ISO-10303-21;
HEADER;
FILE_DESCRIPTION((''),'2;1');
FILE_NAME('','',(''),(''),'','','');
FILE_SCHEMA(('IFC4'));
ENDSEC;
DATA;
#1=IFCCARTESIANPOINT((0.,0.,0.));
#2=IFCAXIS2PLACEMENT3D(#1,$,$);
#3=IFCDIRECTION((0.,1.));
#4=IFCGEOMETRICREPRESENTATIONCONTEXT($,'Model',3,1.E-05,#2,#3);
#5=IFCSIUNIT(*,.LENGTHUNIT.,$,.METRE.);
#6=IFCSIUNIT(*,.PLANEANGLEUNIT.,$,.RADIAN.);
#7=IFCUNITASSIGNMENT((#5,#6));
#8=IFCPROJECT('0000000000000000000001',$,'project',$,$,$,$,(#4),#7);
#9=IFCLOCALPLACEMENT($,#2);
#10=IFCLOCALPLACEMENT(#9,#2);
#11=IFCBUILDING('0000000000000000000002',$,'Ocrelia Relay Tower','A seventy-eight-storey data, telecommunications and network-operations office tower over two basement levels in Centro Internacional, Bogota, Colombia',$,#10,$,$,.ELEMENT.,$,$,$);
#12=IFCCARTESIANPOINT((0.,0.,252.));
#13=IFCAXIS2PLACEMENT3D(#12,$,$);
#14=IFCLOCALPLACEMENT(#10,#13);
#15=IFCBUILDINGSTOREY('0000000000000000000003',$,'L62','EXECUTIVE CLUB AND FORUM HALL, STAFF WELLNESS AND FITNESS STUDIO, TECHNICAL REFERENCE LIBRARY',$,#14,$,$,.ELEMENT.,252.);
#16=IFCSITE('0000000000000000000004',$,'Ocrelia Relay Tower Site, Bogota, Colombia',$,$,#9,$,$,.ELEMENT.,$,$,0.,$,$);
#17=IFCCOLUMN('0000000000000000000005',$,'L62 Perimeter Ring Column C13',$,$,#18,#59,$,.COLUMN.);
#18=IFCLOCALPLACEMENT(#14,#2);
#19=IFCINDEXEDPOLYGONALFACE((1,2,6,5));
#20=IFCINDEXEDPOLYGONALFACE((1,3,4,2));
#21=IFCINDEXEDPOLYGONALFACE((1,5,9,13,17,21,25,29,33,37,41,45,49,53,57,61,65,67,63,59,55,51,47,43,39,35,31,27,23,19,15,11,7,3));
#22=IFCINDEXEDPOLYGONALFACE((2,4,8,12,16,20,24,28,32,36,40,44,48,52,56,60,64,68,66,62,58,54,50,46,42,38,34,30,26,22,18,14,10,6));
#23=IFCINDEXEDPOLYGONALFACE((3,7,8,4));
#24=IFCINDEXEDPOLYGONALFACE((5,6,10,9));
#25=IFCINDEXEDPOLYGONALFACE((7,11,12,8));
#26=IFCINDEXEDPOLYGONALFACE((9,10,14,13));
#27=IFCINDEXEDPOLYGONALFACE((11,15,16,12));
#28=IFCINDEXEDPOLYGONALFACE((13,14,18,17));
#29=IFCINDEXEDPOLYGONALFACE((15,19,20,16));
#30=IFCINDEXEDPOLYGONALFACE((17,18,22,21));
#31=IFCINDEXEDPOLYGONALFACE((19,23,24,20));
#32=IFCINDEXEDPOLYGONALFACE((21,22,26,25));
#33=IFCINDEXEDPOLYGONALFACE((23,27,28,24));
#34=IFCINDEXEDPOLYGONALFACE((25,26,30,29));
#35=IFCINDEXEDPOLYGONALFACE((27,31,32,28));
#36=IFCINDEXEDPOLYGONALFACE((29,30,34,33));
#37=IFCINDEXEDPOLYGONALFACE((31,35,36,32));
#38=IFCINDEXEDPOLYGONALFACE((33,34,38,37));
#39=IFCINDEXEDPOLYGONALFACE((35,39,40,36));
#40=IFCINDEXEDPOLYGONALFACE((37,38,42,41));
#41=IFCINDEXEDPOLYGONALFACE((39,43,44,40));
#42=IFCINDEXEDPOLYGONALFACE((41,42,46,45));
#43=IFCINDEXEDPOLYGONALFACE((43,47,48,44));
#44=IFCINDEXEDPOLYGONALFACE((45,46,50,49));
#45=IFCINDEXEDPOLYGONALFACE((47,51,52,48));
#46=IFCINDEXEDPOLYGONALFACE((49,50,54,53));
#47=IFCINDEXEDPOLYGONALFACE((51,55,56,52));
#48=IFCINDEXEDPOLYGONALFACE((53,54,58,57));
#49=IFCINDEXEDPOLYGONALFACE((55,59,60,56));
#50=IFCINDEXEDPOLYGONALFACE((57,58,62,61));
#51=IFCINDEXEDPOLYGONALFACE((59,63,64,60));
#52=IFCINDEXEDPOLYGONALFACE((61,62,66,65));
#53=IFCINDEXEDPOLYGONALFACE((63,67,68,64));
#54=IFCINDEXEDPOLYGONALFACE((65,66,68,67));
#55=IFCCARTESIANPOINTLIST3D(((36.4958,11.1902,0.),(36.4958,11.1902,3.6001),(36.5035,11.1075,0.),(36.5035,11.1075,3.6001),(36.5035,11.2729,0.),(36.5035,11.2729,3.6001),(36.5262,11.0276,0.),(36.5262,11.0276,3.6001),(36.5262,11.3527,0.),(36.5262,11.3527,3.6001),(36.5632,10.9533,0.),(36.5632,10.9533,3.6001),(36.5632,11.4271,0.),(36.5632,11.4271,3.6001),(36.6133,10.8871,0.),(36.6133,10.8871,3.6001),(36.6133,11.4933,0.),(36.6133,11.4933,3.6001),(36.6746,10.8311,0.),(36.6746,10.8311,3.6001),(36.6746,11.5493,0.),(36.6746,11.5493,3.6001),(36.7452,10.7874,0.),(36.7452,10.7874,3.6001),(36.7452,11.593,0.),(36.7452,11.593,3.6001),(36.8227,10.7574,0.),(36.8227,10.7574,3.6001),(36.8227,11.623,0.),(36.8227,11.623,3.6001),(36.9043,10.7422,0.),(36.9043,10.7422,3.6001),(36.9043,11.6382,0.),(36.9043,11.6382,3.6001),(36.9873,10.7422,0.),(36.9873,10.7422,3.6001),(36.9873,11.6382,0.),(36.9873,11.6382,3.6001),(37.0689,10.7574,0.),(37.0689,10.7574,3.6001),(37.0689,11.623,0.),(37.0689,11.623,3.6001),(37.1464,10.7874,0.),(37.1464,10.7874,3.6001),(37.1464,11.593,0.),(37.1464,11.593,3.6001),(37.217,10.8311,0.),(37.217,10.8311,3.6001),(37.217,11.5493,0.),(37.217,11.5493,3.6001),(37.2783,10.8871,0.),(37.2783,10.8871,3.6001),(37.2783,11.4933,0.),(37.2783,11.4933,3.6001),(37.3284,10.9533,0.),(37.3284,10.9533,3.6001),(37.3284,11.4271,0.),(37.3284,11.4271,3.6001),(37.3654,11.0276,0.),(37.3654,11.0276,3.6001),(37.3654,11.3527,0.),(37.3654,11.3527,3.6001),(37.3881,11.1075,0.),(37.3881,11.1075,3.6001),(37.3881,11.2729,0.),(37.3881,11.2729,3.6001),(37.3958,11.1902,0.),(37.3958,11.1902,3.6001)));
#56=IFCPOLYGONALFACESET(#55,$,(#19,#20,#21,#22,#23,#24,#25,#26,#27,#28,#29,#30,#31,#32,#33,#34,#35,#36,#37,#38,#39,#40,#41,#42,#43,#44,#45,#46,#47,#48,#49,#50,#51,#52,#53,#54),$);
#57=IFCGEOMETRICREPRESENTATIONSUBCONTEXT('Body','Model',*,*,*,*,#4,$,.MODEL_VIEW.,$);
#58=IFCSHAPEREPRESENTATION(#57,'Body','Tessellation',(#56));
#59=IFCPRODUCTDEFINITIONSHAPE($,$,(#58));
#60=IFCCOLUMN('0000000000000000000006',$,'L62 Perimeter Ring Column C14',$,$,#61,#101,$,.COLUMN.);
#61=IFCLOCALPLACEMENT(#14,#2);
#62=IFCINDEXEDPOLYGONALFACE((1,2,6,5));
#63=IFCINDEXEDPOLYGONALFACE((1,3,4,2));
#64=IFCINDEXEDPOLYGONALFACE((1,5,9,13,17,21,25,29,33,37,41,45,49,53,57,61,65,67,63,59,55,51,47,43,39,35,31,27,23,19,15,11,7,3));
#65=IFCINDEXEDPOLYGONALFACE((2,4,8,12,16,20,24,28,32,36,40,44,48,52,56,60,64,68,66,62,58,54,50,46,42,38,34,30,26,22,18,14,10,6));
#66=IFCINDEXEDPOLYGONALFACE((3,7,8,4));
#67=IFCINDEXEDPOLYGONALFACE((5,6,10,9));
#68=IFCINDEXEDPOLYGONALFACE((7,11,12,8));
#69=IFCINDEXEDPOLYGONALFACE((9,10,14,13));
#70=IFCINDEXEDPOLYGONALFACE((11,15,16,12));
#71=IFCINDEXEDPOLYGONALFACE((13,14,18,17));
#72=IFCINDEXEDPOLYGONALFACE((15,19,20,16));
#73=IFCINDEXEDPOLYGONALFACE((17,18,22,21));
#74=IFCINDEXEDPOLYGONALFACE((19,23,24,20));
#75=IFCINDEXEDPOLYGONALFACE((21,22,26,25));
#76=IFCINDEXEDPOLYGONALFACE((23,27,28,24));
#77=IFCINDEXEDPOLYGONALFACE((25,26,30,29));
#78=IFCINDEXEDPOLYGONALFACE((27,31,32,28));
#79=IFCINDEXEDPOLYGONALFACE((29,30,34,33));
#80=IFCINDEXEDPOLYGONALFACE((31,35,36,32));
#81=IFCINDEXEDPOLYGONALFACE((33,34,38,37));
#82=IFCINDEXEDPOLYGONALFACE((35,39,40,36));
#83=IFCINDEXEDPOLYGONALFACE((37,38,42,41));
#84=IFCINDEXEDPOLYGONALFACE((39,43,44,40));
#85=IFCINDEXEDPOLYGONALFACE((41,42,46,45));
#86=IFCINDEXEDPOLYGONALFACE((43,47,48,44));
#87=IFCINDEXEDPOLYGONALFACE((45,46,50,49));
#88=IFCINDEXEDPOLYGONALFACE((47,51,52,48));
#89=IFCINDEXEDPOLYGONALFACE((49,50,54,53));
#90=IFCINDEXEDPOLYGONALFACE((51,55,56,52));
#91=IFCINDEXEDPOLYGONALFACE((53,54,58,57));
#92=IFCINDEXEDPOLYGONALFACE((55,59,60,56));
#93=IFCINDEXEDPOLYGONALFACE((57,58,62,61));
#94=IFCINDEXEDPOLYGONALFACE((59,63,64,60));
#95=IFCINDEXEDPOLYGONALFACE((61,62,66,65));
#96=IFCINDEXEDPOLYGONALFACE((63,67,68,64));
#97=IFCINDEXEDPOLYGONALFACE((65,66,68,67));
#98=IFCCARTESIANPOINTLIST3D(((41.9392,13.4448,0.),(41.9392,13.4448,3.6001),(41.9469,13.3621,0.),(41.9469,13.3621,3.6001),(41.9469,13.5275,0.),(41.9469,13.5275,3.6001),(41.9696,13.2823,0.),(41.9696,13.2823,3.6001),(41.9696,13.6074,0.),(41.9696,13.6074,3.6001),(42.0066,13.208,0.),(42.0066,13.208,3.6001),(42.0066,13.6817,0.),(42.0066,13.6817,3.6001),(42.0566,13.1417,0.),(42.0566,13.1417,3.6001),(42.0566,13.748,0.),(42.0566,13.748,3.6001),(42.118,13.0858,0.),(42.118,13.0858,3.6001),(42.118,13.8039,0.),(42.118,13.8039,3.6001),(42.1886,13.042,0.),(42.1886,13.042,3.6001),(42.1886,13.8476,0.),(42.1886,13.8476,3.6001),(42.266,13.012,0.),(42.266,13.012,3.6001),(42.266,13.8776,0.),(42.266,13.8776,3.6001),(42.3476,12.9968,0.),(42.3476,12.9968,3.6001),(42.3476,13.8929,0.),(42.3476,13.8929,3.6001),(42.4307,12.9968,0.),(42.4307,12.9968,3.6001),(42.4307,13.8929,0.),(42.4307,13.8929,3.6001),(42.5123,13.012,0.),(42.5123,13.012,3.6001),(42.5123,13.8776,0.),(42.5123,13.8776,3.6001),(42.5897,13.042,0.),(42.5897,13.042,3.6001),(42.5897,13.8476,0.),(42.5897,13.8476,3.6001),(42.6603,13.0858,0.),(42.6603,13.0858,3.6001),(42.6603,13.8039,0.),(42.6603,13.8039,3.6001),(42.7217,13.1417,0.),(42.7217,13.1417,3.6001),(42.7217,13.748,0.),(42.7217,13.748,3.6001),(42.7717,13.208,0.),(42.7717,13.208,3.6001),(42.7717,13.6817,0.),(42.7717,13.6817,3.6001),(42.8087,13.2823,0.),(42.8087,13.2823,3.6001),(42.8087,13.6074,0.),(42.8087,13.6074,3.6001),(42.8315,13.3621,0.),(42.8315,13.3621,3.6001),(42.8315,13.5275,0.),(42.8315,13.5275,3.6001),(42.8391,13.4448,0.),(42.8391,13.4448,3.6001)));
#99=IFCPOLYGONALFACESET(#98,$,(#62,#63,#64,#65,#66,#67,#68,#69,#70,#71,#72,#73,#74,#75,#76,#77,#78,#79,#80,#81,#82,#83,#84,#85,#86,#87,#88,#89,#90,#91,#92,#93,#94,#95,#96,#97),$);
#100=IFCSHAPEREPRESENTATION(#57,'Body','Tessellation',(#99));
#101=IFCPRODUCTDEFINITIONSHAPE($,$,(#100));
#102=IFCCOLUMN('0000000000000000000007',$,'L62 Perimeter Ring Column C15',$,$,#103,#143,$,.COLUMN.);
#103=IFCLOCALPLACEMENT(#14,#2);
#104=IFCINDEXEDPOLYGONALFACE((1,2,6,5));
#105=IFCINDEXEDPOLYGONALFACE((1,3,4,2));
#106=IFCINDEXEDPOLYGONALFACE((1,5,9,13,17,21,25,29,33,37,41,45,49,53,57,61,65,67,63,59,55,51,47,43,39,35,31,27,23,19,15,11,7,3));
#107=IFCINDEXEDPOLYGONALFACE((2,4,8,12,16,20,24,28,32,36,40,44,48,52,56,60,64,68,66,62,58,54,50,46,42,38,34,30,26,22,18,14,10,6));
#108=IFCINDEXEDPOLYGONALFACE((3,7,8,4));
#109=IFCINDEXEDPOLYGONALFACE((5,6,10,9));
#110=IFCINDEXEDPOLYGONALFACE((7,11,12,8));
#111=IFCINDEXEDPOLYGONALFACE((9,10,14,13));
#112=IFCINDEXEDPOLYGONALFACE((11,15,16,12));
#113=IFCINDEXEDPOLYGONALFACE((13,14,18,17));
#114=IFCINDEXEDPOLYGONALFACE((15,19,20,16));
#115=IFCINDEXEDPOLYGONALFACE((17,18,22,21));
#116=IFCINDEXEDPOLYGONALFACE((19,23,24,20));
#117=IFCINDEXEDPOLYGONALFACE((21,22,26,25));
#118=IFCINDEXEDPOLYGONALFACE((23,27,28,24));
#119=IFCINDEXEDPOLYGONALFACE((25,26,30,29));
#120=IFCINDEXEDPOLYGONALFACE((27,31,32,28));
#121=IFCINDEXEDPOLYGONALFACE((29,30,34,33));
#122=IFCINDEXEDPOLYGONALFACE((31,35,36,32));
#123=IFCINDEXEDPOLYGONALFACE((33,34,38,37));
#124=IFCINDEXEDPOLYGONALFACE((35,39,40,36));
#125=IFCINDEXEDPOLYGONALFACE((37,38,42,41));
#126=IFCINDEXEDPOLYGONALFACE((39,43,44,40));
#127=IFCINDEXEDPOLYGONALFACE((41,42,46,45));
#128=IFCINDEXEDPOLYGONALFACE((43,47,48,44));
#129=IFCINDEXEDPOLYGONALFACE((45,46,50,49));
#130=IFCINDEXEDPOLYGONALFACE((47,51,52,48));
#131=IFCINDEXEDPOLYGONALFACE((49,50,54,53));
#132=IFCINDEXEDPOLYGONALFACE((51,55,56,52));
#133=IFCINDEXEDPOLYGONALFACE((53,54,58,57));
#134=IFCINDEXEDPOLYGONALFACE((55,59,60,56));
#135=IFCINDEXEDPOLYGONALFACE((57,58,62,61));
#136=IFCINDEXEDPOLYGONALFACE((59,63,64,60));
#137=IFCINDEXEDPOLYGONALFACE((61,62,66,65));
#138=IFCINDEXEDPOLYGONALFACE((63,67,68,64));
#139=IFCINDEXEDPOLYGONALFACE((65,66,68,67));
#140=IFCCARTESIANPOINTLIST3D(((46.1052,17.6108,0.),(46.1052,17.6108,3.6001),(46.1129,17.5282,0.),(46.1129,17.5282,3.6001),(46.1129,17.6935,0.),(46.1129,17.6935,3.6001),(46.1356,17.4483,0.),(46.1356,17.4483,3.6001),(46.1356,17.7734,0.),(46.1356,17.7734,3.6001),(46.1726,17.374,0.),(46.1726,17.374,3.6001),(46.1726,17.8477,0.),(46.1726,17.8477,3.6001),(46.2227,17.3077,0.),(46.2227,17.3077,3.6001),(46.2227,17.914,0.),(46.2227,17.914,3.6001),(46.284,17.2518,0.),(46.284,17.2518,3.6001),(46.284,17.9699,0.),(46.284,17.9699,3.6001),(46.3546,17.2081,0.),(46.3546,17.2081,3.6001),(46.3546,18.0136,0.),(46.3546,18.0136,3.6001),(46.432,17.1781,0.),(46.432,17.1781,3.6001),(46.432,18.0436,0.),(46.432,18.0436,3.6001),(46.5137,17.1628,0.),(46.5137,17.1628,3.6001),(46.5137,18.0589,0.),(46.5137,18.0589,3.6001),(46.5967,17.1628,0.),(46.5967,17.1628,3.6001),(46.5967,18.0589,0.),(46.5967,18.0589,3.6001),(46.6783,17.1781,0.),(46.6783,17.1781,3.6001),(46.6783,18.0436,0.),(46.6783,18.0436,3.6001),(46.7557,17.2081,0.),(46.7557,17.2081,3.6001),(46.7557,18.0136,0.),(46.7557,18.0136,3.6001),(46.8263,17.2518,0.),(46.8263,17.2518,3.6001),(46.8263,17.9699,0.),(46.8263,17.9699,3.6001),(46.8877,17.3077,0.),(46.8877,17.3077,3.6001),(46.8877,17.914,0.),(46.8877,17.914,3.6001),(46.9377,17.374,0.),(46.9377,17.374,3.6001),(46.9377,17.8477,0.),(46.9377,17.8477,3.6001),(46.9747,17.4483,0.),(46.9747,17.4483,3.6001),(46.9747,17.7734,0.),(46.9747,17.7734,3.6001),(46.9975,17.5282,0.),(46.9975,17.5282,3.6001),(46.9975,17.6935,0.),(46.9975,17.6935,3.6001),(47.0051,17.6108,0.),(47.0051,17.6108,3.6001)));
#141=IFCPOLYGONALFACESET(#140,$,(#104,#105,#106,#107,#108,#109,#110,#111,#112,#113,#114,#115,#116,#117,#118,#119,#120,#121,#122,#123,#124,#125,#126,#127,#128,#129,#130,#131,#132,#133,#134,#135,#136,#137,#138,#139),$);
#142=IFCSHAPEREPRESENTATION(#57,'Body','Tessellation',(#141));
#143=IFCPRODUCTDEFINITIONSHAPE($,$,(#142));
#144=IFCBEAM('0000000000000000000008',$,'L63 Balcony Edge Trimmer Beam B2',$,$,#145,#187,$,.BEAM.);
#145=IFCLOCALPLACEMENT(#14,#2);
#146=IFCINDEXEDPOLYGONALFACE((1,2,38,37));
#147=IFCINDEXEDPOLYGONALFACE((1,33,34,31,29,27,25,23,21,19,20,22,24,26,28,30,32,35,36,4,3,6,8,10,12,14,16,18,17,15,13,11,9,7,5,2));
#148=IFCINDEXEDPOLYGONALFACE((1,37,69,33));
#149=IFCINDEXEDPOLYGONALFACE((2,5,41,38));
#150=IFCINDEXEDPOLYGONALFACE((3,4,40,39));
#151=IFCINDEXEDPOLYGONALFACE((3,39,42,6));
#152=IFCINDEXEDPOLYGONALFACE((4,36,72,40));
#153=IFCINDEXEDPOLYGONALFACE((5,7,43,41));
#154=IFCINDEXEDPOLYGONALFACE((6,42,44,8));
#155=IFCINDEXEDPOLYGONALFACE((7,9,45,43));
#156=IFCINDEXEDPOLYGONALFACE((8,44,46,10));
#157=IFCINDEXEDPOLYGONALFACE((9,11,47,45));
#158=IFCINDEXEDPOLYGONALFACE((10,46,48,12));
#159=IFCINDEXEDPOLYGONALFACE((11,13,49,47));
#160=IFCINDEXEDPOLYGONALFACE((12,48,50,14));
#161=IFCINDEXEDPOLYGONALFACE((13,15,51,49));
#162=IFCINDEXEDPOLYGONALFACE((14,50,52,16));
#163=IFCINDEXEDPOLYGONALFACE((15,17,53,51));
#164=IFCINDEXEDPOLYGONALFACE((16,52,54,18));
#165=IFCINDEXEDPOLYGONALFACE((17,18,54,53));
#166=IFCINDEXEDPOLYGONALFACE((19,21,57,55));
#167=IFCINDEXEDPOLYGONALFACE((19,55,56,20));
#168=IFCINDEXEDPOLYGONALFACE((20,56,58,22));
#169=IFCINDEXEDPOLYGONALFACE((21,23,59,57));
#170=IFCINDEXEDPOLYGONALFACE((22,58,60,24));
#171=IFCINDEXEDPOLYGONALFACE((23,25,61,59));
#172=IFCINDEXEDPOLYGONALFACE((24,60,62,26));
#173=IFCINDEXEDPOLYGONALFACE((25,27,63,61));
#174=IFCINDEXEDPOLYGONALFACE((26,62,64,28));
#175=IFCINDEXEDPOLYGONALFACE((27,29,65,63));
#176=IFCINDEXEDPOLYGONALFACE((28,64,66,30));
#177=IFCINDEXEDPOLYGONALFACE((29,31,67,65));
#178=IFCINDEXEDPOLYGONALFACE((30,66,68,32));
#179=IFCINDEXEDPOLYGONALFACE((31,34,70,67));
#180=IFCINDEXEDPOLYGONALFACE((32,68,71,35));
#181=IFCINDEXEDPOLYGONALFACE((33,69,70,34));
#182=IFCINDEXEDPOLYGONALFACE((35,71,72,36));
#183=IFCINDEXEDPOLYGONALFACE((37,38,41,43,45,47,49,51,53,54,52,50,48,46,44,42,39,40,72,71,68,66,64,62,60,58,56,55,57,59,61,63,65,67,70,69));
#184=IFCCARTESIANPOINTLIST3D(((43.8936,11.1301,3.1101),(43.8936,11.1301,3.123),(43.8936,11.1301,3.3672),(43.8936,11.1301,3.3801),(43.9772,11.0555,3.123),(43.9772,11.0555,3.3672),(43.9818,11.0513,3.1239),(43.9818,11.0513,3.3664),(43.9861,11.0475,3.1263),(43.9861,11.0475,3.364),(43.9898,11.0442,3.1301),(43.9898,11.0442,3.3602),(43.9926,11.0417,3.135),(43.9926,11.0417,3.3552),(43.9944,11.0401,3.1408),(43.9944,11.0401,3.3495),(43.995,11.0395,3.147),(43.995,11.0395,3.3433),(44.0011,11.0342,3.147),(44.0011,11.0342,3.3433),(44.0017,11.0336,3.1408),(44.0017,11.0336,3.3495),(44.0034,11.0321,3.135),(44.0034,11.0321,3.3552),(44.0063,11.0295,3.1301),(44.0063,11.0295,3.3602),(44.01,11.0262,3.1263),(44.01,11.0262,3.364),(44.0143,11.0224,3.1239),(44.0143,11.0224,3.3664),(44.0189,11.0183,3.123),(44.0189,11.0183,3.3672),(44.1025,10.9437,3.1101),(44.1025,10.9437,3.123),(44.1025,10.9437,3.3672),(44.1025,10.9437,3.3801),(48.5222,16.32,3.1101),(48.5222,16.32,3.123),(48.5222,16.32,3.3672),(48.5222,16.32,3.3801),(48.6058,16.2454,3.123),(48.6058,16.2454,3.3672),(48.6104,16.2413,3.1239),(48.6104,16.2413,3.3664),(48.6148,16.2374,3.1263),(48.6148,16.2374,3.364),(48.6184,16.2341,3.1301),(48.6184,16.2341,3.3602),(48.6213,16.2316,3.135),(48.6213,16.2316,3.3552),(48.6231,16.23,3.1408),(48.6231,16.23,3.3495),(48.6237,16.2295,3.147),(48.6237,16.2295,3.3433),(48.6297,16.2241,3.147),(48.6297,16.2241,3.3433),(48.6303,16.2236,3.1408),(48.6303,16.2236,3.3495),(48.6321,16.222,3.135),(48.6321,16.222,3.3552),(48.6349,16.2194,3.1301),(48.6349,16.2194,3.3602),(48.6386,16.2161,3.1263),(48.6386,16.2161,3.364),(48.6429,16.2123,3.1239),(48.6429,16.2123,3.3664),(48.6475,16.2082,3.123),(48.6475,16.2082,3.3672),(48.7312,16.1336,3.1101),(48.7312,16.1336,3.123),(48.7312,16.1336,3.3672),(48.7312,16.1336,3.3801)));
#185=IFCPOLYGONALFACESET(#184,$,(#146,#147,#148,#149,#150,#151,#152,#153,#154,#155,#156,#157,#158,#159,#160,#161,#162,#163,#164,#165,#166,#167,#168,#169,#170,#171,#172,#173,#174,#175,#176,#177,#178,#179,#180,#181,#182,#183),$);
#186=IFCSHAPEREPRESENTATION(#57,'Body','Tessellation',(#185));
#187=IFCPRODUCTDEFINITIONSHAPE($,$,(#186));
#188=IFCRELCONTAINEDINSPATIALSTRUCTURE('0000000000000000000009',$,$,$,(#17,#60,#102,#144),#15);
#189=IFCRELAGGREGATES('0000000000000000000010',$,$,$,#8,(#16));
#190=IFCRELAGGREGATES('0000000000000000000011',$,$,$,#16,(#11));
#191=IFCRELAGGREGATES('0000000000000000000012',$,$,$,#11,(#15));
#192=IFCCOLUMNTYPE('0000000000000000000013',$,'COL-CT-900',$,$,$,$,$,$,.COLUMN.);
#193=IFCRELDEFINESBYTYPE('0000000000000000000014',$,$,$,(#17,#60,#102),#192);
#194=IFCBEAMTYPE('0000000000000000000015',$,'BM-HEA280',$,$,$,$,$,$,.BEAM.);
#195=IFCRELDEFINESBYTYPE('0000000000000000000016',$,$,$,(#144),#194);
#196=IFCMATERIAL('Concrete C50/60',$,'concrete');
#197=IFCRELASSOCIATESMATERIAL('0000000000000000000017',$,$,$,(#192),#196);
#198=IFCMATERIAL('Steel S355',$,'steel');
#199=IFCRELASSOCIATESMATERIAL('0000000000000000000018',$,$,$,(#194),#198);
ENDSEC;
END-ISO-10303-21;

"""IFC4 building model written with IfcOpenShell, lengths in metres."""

from ifc_helpers import new_model, si_unit, direction, frame, origin, origin_2d, place, context, subcontext, project, spatial, circle, i_section, extrude, material, material_profile, profile_set, type_object, element, save


model = new_model("IFC4")

# Units and contexts
model_context = context("Model", 3, precision=1e-05, world=origin(), true_north=direction((0.0, 1.0)))
body_context = subcontext(model_context, "Body", "Model", "MODEL_VIEW")
ifc_project = project(units=[si_unit("LENGTHUNIT", "METRE"), si_unit("PLANEANGLEUNIT", "RADIAN")], contexts=[model_context])

# Site, building, storey
site_placement = place(None, origin())
site = spatial("IfcSite", under=ifc_project, at=site_placement, Name="Ocrelia Relay Tower Site, Bogota, Colombia", CompositionType="ELEMENT", RefElevation=0.0)
building_placement = place(site_placement, origin())
building = spatial("IfcBuilding", under=site, at=building_placement, Name="Ocrelia Relay Tower", Description="A seventy-eight-storey data, telecommunications and network-operations office tower over two basement levels in Centro Internacional, Bogota, Colombia", CompositionType="ELEMENT")
storey_placement = place(building_placement, frame((0.0, 0.0, 252.0)))
storey = spatial("IfcBuildingStorey", under=building, at=storey_placement, Name="L62", Description="EXECUTIVE CLUB AND FORUM HALL, STAFF WELLNESS AND FITNESS STUDIO, TECHNICAL REFERENCE LIBRARY", CompositionType="ELEMENT", Elevation=252.0)

# Columns
ifc_material_1 = material(Name="Concrete C50/60", Category="concrete")
ifc_material_profile_1 = material_profile(ifc_material_1, circle(Radius=0.45, at=origin_2d()), Name="RC-CIR-900")
ifc_profile_set_1 = profile_set([ifc_material_profile_1], Name="Concrete C50/60")
column_type = type_object("IfcColumnType", Name="COL-CT-900", PredefinedType="COLUMN", material=ifc_profile_set_1)
for number, where, z_axis, x_axis, name in (
    (1, (36.9458, 11.1902, 0.0), (0.0, 0.0, 1.0), (1.0, 0.0, 0.0), "L62 Perimeter Ring Column C13"),
    (2, (42.3892, 13.4448, 0.0), (0.0, 0.0, 1.0), (1.0, 0.0, 0.0), "L62 Perimeter Ring Column C14"),
    (3, (46.5552, 17.6108, 0.0), (0.0, 0.0, 1.0), (1.0, 0.0, 0.0), "L62 Perimeter Ring Column C15"),
):
    element("IfcColumn", number, at=place(storey_placement, frame(where, z_axis=z_axis, x_axis=x_axis)), inside=storey, type_object=column_type, Name=name, PredefinedType="COLUMN", context=body_context, shape_type="SweptSolid", body=[
        extrude(circle(Radius=0.45, at=origin_2d()), origin(), (0.0, 0.0, 1.0), 3.6001),
    ])

# Beam
ifc_material_2 = material(Name="Steel S355", Category="steel")
ifc_material_profile_2 = material_profile(ifc_material_2, i_section(OverallWidth=0.28, OverallDepth=0.27, WebThickness=0.0081, FlangeThickness=0.0129, FilletRadius=0.0239, at=origin_2d()), Name="HEA 280")
ifc_profile_set_2 = profile_set([ifc_material_profile_2], Name="Steel S355")
beam_type_1 = type_object("IfcBeamType", Name="BM-HEA280", PredefinedType="BEAM", material=ifc_profile_set_2)
beam_1_placement = place(storey_placement, frame((43.998, 11.0369, 3.2451), z_axis=(0.665598, 0.74631, 0.0), x_axis=(-0.74631, 0.665598, 0.0)))
element("IfcBeam", 4, at=beam_1_placement, inside=storey, type_object=beam_type_1, Name="L63 Balcony Edge Trimmer Beam B2", PredefinedType="BEAM", context=body_context, shape_type="SweptSolid", body=[
    extrude(i_section(OverallWidth=0.28, OverallDepth=0.27, WebThickness=0.0081, FlangeThickness=0.0129, FilletRadius=0.0239, at=origin_2d()), origin(), (0.0, 0.0, 1.0), 6.9541),
])

save(model, "model.ifc")
